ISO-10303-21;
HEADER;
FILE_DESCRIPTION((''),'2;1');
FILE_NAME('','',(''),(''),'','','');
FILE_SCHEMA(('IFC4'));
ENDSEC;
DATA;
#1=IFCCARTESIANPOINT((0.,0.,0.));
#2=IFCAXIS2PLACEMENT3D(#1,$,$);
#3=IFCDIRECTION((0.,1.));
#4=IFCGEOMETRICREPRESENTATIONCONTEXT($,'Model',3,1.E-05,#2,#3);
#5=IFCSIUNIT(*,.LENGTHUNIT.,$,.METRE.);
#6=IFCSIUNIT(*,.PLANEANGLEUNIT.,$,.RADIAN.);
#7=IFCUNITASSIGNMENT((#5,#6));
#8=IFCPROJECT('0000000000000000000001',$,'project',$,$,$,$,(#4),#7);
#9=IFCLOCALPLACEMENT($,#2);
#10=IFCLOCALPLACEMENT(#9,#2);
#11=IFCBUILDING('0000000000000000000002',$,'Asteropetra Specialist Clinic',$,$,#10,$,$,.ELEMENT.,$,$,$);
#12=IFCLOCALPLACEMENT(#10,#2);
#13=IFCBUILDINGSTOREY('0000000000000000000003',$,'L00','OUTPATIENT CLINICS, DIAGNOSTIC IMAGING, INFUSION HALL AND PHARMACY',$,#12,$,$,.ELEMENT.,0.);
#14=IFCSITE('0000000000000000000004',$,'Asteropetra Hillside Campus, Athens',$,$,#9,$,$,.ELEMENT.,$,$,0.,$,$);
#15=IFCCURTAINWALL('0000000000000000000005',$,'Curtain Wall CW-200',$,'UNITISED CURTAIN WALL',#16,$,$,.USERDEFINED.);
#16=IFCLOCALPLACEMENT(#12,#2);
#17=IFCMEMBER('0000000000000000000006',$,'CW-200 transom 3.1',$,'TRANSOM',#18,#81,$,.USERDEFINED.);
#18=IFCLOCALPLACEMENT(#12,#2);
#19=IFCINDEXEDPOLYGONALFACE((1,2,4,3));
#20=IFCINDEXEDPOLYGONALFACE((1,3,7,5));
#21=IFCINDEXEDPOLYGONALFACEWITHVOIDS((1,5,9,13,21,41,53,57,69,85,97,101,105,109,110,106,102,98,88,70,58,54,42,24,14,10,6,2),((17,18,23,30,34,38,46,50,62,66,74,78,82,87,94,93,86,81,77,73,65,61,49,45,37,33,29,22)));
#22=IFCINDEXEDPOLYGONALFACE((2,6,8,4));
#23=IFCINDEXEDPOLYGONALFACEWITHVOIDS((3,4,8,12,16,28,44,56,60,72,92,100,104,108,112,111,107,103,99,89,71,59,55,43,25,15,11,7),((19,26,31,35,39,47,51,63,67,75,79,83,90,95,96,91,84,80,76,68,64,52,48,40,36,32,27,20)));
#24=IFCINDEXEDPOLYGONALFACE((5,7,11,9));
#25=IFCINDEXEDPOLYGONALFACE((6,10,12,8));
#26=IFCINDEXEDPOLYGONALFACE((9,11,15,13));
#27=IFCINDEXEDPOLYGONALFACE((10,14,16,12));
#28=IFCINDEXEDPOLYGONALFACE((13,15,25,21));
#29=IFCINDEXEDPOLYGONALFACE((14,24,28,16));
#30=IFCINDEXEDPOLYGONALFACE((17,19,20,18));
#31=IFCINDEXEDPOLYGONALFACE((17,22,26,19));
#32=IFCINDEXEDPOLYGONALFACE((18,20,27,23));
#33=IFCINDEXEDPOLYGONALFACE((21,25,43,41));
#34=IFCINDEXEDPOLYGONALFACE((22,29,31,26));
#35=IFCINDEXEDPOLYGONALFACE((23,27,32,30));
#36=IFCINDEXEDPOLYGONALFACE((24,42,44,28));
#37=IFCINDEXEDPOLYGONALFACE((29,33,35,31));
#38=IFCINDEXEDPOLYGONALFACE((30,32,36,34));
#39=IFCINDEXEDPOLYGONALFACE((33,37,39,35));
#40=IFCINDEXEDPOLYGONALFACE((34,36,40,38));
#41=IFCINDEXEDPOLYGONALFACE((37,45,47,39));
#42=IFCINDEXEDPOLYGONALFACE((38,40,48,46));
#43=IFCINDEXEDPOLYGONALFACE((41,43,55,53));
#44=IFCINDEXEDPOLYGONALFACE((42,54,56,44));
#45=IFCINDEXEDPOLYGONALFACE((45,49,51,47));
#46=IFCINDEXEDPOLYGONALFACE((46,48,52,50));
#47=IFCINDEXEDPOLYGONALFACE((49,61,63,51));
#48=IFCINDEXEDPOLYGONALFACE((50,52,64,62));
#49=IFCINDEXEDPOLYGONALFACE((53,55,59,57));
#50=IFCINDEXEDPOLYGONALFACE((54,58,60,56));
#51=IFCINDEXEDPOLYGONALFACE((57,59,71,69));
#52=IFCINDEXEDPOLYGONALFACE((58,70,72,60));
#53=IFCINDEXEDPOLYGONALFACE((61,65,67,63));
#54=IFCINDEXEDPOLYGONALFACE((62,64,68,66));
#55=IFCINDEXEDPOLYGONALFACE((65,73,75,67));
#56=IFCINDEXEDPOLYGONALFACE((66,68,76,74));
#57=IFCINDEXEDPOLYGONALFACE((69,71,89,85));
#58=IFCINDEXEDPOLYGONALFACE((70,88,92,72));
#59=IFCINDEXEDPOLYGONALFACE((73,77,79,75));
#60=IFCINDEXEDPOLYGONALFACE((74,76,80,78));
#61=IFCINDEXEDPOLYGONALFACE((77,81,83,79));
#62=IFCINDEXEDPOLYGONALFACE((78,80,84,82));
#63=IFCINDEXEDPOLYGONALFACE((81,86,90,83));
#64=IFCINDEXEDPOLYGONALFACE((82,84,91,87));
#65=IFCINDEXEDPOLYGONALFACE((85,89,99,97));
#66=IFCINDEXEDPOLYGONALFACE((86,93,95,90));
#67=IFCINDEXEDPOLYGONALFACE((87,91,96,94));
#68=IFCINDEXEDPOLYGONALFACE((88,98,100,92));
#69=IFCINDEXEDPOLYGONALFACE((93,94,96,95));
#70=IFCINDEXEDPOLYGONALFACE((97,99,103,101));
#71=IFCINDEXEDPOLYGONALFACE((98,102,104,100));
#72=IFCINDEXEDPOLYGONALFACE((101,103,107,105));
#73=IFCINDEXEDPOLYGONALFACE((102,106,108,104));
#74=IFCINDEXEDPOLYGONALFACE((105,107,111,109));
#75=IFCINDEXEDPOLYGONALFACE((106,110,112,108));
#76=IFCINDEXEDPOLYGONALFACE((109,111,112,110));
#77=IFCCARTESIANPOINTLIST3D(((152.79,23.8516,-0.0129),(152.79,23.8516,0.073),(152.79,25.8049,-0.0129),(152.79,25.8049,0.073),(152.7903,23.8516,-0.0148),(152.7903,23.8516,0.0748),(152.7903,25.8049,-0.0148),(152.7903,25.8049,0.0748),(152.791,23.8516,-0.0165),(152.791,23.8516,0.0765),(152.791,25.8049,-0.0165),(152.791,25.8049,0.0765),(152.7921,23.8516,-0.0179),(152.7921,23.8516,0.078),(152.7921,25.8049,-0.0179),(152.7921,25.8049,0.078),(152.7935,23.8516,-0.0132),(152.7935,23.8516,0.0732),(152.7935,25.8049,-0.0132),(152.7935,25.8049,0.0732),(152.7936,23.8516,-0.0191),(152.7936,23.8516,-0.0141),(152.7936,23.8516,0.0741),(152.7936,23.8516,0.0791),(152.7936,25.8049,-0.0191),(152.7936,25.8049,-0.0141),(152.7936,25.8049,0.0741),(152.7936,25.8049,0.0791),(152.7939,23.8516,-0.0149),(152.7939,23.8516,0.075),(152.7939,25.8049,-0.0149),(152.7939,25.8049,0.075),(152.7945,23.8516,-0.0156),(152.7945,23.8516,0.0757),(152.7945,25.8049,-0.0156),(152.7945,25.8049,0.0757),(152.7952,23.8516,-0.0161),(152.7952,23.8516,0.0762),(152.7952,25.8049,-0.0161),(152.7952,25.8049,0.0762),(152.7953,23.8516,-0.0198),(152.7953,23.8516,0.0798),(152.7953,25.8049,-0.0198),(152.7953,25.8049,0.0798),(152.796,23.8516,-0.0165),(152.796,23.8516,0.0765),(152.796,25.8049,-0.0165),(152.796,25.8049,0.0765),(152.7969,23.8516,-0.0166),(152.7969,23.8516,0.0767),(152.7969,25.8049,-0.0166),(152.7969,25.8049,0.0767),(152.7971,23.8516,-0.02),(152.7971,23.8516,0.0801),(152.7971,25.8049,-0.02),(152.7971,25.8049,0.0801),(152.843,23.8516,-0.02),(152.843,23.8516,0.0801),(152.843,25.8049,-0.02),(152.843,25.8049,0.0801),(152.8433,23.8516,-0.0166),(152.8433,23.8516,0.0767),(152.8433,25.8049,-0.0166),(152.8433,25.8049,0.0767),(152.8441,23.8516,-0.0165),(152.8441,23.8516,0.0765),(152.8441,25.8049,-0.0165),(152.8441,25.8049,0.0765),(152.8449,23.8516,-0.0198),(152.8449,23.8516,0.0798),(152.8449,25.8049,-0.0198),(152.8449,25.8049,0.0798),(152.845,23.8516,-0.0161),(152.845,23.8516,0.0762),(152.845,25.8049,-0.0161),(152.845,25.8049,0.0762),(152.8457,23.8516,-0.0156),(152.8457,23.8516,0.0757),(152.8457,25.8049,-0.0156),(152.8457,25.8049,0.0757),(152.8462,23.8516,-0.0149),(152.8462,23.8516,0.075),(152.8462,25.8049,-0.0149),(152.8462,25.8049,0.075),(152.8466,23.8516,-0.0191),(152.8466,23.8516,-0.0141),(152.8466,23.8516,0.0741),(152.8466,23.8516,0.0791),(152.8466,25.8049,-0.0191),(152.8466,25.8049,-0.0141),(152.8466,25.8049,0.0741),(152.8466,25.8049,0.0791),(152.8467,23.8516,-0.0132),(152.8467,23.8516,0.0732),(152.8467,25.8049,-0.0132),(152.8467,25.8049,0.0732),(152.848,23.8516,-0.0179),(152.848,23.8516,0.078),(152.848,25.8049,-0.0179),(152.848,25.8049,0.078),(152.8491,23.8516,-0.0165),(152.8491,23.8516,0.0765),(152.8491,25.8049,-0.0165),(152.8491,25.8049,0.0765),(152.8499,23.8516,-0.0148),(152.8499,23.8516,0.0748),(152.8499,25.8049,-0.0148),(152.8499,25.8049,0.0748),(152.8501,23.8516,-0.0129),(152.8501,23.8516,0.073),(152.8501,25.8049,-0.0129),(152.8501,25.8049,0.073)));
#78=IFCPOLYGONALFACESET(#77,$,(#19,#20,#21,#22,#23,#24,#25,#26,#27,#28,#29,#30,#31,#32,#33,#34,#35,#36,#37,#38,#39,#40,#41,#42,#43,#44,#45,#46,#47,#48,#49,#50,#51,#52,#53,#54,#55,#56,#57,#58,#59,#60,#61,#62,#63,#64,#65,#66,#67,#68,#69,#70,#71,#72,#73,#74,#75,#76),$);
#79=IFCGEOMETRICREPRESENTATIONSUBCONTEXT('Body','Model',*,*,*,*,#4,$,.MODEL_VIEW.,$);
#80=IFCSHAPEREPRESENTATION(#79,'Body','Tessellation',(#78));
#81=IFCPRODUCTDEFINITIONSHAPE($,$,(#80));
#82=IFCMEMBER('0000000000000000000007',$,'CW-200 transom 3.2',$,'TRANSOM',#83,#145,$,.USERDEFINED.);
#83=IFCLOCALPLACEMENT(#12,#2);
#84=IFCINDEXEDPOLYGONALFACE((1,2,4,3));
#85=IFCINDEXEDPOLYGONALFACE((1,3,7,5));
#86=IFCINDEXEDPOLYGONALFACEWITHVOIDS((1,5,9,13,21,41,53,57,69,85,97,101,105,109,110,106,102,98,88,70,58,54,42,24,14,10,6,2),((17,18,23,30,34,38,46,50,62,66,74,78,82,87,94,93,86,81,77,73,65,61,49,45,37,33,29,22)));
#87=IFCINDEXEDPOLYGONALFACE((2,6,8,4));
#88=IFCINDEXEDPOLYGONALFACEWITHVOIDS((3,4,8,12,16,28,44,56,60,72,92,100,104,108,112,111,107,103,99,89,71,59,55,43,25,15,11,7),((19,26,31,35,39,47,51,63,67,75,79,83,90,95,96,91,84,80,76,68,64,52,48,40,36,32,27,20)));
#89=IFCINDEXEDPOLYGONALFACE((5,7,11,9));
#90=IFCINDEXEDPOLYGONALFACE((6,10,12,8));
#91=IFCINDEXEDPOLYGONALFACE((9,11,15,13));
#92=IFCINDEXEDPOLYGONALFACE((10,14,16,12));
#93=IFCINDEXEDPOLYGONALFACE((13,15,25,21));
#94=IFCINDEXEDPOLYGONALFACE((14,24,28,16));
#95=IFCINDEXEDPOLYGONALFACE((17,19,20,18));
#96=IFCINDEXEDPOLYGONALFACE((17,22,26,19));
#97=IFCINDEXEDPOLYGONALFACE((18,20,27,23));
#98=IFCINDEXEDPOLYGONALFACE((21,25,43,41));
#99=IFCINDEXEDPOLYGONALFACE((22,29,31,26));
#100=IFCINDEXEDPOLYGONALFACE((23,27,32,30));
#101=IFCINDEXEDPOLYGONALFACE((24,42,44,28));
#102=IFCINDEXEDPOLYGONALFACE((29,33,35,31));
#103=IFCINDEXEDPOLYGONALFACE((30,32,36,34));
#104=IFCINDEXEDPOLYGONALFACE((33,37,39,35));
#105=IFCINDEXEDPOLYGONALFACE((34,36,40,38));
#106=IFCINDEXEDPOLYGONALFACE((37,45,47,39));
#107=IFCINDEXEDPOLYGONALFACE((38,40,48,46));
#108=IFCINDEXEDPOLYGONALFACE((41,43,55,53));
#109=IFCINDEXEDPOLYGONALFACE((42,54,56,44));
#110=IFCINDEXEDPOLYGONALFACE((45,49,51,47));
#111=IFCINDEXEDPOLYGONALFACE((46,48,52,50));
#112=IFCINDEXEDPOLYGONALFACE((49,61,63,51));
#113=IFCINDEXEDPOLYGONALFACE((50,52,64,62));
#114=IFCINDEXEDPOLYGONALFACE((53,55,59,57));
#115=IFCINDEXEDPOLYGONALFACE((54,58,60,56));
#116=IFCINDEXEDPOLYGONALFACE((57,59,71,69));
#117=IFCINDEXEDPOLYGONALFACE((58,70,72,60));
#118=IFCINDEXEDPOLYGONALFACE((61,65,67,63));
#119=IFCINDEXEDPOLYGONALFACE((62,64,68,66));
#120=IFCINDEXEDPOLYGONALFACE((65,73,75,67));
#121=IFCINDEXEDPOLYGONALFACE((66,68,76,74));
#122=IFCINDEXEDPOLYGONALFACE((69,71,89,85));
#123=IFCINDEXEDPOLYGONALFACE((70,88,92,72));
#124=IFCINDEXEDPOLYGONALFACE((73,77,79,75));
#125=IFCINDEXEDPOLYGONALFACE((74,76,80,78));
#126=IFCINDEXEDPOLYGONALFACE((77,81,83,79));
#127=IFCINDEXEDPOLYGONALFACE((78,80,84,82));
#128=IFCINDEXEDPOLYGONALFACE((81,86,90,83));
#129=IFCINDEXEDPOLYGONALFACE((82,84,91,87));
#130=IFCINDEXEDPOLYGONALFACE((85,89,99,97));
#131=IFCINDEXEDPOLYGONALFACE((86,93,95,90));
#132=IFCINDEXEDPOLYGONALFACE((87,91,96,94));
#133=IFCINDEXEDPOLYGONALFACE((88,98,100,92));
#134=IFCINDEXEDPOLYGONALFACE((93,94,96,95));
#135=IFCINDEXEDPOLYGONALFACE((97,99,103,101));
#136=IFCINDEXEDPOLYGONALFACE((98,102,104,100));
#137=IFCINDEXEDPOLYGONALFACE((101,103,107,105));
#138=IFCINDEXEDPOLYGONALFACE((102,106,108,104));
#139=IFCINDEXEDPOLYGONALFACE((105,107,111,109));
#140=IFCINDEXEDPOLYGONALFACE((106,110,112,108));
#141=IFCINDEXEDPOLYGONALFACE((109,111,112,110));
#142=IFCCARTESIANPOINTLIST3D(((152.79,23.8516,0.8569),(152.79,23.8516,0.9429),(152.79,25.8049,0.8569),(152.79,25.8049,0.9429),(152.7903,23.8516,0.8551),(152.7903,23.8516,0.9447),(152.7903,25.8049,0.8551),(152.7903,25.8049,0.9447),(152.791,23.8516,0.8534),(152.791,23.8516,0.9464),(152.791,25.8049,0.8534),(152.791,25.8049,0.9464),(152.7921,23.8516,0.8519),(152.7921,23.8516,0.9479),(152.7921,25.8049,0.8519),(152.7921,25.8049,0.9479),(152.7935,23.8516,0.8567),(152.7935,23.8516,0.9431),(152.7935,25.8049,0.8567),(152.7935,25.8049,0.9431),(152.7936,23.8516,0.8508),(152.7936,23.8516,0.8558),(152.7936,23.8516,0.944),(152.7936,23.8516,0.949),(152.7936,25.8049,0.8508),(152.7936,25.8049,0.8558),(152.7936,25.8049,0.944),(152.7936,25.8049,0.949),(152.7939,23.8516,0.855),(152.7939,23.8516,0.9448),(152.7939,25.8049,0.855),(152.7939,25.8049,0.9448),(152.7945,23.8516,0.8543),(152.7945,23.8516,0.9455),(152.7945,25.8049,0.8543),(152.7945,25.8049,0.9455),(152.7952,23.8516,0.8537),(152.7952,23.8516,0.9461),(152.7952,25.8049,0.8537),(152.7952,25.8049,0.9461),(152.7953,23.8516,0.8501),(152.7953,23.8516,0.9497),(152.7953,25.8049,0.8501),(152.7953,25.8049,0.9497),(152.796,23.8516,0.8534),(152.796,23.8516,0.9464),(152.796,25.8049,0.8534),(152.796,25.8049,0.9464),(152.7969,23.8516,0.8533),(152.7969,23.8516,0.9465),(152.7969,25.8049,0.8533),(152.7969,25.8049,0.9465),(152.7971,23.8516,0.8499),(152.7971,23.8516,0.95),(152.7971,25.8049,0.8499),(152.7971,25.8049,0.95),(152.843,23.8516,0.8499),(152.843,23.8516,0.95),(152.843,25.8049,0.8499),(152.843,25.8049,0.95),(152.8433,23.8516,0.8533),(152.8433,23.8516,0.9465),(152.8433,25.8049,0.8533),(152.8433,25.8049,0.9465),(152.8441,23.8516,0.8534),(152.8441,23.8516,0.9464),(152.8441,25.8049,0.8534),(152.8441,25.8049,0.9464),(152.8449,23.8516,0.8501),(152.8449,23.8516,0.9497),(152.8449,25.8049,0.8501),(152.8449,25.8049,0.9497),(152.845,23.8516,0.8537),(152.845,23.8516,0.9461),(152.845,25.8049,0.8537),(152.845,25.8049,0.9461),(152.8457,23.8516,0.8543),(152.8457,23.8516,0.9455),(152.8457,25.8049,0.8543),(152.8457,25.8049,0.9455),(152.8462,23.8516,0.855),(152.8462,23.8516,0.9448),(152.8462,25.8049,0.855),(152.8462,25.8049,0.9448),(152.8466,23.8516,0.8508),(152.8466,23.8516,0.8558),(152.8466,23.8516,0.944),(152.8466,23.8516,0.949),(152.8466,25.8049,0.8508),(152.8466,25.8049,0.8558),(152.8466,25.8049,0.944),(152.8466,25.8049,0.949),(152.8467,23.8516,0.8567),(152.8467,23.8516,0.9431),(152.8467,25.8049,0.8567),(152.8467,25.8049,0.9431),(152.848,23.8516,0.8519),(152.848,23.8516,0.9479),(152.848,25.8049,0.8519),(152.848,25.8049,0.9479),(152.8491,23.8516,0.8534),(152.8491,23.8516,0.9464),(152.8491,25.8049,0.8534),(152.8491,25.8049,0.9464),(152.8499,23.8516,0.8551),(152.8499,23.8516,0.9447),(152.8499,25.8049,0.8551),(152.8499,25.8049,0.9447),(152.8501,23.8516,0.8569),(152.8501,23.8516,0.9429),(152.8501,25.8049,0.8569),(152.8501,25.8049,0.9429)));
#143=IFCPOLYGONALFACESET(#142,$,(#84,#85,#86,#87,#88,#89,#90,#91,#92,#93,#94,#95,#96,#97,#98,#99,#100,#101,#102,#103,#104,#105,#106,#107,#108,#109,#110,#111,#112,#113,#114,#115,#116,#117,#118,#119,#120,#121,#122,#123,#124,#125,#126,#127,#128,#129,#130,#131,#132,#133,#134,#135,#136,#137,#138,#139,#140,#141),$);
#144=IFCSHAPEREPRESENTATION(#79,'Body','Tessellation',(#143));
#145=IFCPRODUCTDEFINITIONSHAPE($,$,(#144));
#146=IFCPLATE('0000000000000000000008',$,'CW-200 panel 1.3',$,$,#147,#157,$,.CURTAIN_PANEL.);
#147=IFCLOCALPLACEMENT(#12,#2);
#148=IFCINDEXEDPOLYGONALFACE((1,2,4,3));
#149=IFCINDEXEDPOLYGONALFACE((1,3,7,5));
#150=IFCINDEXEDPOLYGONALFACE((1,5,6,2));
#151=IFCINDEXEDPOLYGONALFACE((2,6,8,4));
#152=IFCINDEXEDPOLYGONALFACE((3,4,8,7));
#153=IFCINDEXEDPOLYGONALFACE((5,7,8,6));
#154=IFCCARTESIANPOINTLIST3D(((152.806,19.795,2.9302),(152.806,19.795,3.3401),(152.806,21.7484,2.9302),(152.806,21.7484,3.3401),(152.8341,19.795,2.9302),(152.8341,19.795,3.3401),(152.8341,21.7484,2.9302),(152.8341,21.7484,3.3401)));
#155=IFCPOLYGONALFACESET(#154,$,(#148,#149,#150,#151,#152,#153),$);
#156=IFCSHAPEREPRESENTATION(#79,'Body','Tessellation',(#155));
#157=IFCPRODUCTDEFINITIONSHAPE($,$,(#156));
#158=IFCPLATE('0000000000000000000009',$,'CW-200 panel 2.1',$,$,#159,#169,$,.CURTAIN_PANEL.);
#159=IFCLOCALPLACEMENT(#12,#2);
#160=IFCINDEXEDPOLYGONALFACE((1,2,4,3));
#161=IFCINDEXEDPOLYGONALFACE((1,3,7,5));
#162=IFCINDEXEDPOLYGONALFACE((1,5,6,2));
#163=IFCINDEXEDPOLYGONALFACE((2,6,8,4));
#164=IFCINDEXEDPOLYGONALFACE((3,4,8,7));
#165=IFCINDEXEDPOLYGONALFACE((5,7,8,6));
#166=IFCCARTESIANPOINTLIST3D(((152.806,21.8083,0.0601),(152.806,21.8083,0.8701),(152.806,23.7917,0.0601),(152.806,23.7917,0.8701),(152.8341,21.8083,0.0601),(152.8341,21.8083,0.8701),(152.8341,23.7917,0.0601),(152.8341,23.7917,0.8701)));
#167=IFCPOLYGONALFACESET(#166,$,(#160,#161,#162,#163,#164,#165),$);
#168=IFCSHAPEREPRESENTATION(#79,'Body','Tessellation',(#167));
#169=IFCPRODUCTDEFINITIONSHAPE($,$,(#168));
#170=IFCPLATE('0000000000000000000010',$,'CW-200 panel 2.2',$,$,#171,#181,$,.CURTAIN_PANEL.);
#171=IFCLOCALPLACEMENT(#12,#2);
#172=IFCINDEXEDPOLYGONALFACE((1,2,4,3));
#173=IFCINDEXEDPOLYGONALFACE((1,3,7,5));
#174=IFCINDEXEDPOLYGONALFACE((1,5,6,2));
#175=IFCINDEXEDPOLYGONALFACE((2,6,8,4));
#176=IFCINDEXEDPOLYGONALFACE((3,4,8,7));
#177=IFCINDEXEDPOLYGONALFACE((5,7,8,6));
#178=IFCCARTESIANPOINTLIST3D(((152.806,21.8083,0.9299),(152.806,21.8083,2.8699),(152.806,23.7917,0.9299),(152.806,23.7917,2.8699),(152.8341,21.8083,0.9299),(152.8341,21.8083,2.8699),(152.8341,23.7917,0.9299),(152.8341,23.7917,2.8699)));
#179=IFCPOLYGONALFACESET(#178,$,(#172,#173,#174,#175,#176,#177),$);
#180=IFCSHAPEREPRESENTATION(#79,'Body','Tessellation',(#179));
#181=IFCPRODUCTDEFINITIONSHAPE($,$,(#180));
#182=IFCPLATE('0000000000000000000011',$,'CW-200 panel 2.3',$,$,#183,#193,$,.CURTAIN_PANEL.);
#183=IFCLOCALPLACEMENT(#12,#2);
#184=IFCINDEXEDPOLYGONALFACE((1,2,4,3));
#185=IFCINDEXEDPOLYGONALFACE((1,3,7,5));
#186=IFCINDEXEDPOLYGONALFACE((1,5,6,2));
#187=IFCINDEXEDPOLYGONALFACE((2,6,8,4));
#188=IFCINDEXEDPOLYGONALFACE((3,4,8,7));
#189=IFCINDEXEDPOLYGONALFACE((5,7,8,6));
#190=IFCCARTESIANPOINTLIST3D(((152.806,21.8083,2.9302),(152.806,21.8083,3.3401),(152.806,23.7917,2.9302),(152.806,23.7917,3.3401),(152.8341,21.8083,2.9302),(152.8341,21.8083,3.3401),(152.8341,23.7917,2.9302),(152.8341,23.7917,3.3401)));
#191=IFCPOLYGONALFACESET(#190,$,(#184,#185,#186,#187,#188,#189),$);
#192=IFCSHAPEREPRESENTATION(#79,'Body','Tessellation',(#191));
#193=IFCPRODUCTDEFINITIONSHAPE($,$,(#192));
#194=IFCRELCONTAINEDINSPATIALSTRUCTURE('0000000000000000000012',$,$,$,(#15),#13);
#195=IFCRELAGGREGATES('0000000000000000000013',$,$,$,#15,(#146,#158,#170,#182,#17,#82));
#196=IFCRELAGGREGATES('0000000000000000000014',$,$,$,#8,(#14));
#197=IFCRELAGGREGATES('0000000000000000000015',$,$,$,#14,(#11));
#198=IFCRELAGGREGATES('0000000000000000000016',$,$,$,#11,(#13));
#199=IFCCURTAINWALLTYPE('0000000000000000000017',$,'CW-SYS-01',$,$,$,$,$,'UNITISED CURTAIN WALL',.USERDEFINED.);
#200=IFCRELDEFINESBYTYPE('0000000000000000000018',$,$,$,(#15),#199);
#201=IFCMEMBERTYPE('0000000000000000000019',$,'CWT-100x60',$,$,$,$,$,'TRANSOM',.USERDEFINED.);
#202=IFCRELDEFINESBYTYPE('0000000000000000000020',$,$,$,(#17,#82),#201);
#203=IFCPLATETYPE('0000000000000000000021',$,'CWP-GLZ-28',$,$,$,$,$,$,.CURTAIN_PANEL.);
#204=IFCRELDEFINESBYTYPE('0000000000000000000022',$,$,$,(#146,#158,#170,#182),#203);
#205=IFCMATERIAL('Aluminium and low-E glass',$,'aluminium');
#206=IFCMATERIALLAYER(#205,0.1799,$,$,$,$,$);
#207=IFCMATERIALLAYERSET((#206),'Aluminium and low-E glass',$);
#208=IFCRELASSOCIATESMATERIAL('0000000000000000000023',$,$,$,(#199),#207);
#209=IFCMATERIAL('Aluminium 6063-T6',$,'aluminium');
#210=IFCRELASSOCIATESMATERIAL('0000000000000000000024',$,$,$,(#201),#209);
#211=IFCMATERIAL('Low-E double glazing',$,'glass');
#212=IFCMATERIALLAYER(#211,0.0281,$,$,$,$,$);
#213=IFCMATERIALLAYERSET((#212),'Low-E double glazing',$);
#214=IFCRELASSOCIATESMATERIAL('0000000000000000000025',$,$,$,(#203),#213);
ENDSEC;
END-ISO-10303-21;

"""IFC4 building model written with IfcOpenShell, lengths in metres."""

from ifc_helpers import new_model, si_unit, direction, frame, origin, origin_2d, place, context, subcontext, project, spatial, rectangle, hollow_rectangle, extrude, material, layer, layer_set, material_profile, profile_set, type_object, element, aggregate, save


model = new_model("IFC4")

# Units and contexts
model_context = context("Model", 3, precision=1e-05, world=origin(), true_north=direction((0.0, 1.0)))
body_context = subcontext(model_context, "Body", "Model", "MODEL_VIEW")
ifc_project = project(units=[si_unit("LENGTHUNIT", "METRE"), si_unit("PLANEANGLEUNIT", "RADIAN")], contexts=[model_context])

# Site, building, storey
site_placement = place(None, origin())
site = spatial("IfcSite", under=ifc_project, at=site_placement, Name="Asteropetra Hillside Campus, Athens", CompositionType="ELEMENT", RefElevation=0.0)
building_placement = place(site_placement, origin())
building = spatial("IfcBuilding", under=site, at=building_placement, Name="Asteropetra Specialist Clinic", CompositionType="ELEMENT")
storey_placement = place(building_placement, origin())
storey = spatial("IfcBuildingStorey", under=building, at=storey_placement, Name="L00", Description="OUTPATIENT CLINICS, DIAGNOSTIC IMAGING, INFUSION HALL AND PHARMACY", CompositionType="ELEMENT", Elevation=0.0)

# Curtain wall, members, plates
ifc_material_1 = material(Name="Aluminium and low-E glass", Category="aluminium")
ifc_layer_1 = layer(ifc_material_1, 0.1799)
ifc_layer_set_1 = layer_set([ifc_layer_1], Name="Aluminium and low-E glass")
curtain_wall_type = type_object("IfcCurtainWallType", Name="CW-SYS-01", ElementType="UNITISED CURTAIN WALL", PredefinedType="USERDEFINED", material=ifc_layer_set_1)
curtain_wall_placement = place(storey_placement, origin())
curtain_wall = element("IfcCurtainWall", 1, at=curtain_wall_placement, inside=storey, type_object=curtain_wall_type, Name="Curtain Wall CW-200", ObjectType="UNITISED CURTAIN WALL", PredefinedType="USERDEFINED")
ifc_material_2 = material(Name="Aluminium 6063-T6", Category="aluminium")
ifc_material_profile_1 = material_profile(ifc_material_2, hollow_rectangle(XDim=0.0601, YDim=0.1001, WallThickness=0.0034, InnerFilletRadius=0.0034, OuterFilletRadius=0.0071, at=origin_2d()), Name="TRN 100x60x3.5")
ifc_profile_set_1 = profile_set([ifc_material_profile_1], Name="Aluminium 6063-T6")
member_type_1 = type_object("IfcMemberType", Name="CWT-100x60", ElementType="TRANSOM", PredefinedType="USERDEFINED", material=ifc_profile_set_1)
member_1_placement = place(storey_placement, frame((152.8201, 23.8516, 0.03), z_axis=(0.0, 1.0, 0.0), x_axis=(-1.0, 0.0, 0.0)))
member_1 = element("IfcMember", 2, at=member_1_placement, type_object=member_type_1, Name="CW-200 transom 3.1", ObjectType="TRANSOM", PredefinedType="USERDEFINED", context=body_context, shape_type="SweptSolid", body=[
    extrude(hollow_rectangle(XDim=0.0601, YDim=0.1001, WallThickness=0.0034, InnerFilletRadius=0.0034, OuterFilletRadius=0.0071, at=origin_2d()), origin(), (0.0, 0.0, 1.0), 1.9534),
])
member_2_placement = place(storey_placement, frame((152.8201, 23.8516, 0.8999), z_axis=(0.0, 1.0, 0.0), x_axis=(-1.0, 0.0, 0.0)))
member_2 = element("IfcMember", 3, at=member_2_placement, type_object=member_type_1, Name="CW-200 transom 3.2", ObjectType="TRANSOM", PredefinedType="USERDEFINED", context=body_context, shape_type="SweptSolid", body=[
    extrude(hollow_rectangle(XDim=0.0601, YDim=0.1001, WallThickness=0.0034, InnerFilletRadius=0.0034, OuterFilletRadius=0.0071, at=origin_2d()), origin(), (0.0, 0.0, 1.0), 1.9534),
])
ifc_material_3 = material(Name="Low-E double glazing", Category="glass")
ifc_layer_2 = layer(ifc_material_3, 0.0281)
ifc_layer_set_2 = layer_set([ifc_layer_2], Name="Low-E double glazing")
plate_type = type_object("IfcPlateType", Name="CWP-GLZ-28", PredefinedType="CURTAIN_PANEL", material=ifc_layer_set_2)
plate_1_placement = place(storey_placement, frame((152.8201, 20.7717, 2.9302), z_axis=(0.0, 0.0, 1.0), x_axis=(0.0, 1.0, 0.0)))
plate_1 = element("IfcPlate", 4, at=plate_1_placement, type_object=plate_type, Name="CW-200 panel 1.3", PredefinedType="CURTAIN_PANEL", context=body_context, shape_type="SweptSolid", body=[
    extrude(rectangle(XDim=1.9534, YDim=0.0281, at=origin_2d()), origin(), (0.0, 0.0, 1.0), 0.4099),
])
plate_2_placement = place(storey_placement, frame((152.8201, 22.8, 0.0601), z_axis=(0.0, 0.0, 1.0), x_axis=(0.0, 1.0, 0.0)))
plate_2 = element("IfcPlate", 5, at=plate_2_placement, type_object=plate_type, Name="CW-200 panel 2.1", PredefinedType="CURTAIN_PANEL", context=body_context, shape_type="SweptSolid", body=[
    extrude(rectangle(XDim=1.9834, YDim=0.0281, at=origin_2d()), origin(), (0.0, 0.0, 1.0), 0.8101),
])
plate_3_placement = place(storey_placement, frame((152.8201, 22.8, 0.9299), z_axis=(0.0, 0.0, 1.0), x_axis=(0.0, 1.0, 0.0)))
plate_3 = element("IfcPlate", 6, at=plate_3_placement, type_object=plate_type, Name="CW-200 panel 2.2", PredefinedType="CURTAIN_PANEL", context=body_context, shape_type="SweptSolid", body=[
    extrude(rectangle(XDim=1.9834, YDim=0.0281, at=origin_2d()), origin(), (0.0, 0.0, 1.0), 1.9399),
])
plate_4_placement = place(storey_placement, frame((152.8201, 22.8, 2.9302), z_axis=(0.0, 0.0, 1.0), x_axis=(0.0, 1.0, 0.0)))
plate_4 = element("IfcPlate", 7, at=plate_4_placement, type_object=plate_type, Name="CW-200 panel 2.3", PredefinedType="CURTAIN_PANEL", context=body_context, shape_type="SweptSolid", body=[
    extrude(rectangle(XDim=1.9834, YDim=0.0281, at=origin_2d()), origin(), (0.0, 0.0, 1.0), 0.4099),
])
aggregate(curtain_wall, [plate_1, plate_2, plate_3, plate_4, member_1, member_2])

save(model, "model.ifc")
